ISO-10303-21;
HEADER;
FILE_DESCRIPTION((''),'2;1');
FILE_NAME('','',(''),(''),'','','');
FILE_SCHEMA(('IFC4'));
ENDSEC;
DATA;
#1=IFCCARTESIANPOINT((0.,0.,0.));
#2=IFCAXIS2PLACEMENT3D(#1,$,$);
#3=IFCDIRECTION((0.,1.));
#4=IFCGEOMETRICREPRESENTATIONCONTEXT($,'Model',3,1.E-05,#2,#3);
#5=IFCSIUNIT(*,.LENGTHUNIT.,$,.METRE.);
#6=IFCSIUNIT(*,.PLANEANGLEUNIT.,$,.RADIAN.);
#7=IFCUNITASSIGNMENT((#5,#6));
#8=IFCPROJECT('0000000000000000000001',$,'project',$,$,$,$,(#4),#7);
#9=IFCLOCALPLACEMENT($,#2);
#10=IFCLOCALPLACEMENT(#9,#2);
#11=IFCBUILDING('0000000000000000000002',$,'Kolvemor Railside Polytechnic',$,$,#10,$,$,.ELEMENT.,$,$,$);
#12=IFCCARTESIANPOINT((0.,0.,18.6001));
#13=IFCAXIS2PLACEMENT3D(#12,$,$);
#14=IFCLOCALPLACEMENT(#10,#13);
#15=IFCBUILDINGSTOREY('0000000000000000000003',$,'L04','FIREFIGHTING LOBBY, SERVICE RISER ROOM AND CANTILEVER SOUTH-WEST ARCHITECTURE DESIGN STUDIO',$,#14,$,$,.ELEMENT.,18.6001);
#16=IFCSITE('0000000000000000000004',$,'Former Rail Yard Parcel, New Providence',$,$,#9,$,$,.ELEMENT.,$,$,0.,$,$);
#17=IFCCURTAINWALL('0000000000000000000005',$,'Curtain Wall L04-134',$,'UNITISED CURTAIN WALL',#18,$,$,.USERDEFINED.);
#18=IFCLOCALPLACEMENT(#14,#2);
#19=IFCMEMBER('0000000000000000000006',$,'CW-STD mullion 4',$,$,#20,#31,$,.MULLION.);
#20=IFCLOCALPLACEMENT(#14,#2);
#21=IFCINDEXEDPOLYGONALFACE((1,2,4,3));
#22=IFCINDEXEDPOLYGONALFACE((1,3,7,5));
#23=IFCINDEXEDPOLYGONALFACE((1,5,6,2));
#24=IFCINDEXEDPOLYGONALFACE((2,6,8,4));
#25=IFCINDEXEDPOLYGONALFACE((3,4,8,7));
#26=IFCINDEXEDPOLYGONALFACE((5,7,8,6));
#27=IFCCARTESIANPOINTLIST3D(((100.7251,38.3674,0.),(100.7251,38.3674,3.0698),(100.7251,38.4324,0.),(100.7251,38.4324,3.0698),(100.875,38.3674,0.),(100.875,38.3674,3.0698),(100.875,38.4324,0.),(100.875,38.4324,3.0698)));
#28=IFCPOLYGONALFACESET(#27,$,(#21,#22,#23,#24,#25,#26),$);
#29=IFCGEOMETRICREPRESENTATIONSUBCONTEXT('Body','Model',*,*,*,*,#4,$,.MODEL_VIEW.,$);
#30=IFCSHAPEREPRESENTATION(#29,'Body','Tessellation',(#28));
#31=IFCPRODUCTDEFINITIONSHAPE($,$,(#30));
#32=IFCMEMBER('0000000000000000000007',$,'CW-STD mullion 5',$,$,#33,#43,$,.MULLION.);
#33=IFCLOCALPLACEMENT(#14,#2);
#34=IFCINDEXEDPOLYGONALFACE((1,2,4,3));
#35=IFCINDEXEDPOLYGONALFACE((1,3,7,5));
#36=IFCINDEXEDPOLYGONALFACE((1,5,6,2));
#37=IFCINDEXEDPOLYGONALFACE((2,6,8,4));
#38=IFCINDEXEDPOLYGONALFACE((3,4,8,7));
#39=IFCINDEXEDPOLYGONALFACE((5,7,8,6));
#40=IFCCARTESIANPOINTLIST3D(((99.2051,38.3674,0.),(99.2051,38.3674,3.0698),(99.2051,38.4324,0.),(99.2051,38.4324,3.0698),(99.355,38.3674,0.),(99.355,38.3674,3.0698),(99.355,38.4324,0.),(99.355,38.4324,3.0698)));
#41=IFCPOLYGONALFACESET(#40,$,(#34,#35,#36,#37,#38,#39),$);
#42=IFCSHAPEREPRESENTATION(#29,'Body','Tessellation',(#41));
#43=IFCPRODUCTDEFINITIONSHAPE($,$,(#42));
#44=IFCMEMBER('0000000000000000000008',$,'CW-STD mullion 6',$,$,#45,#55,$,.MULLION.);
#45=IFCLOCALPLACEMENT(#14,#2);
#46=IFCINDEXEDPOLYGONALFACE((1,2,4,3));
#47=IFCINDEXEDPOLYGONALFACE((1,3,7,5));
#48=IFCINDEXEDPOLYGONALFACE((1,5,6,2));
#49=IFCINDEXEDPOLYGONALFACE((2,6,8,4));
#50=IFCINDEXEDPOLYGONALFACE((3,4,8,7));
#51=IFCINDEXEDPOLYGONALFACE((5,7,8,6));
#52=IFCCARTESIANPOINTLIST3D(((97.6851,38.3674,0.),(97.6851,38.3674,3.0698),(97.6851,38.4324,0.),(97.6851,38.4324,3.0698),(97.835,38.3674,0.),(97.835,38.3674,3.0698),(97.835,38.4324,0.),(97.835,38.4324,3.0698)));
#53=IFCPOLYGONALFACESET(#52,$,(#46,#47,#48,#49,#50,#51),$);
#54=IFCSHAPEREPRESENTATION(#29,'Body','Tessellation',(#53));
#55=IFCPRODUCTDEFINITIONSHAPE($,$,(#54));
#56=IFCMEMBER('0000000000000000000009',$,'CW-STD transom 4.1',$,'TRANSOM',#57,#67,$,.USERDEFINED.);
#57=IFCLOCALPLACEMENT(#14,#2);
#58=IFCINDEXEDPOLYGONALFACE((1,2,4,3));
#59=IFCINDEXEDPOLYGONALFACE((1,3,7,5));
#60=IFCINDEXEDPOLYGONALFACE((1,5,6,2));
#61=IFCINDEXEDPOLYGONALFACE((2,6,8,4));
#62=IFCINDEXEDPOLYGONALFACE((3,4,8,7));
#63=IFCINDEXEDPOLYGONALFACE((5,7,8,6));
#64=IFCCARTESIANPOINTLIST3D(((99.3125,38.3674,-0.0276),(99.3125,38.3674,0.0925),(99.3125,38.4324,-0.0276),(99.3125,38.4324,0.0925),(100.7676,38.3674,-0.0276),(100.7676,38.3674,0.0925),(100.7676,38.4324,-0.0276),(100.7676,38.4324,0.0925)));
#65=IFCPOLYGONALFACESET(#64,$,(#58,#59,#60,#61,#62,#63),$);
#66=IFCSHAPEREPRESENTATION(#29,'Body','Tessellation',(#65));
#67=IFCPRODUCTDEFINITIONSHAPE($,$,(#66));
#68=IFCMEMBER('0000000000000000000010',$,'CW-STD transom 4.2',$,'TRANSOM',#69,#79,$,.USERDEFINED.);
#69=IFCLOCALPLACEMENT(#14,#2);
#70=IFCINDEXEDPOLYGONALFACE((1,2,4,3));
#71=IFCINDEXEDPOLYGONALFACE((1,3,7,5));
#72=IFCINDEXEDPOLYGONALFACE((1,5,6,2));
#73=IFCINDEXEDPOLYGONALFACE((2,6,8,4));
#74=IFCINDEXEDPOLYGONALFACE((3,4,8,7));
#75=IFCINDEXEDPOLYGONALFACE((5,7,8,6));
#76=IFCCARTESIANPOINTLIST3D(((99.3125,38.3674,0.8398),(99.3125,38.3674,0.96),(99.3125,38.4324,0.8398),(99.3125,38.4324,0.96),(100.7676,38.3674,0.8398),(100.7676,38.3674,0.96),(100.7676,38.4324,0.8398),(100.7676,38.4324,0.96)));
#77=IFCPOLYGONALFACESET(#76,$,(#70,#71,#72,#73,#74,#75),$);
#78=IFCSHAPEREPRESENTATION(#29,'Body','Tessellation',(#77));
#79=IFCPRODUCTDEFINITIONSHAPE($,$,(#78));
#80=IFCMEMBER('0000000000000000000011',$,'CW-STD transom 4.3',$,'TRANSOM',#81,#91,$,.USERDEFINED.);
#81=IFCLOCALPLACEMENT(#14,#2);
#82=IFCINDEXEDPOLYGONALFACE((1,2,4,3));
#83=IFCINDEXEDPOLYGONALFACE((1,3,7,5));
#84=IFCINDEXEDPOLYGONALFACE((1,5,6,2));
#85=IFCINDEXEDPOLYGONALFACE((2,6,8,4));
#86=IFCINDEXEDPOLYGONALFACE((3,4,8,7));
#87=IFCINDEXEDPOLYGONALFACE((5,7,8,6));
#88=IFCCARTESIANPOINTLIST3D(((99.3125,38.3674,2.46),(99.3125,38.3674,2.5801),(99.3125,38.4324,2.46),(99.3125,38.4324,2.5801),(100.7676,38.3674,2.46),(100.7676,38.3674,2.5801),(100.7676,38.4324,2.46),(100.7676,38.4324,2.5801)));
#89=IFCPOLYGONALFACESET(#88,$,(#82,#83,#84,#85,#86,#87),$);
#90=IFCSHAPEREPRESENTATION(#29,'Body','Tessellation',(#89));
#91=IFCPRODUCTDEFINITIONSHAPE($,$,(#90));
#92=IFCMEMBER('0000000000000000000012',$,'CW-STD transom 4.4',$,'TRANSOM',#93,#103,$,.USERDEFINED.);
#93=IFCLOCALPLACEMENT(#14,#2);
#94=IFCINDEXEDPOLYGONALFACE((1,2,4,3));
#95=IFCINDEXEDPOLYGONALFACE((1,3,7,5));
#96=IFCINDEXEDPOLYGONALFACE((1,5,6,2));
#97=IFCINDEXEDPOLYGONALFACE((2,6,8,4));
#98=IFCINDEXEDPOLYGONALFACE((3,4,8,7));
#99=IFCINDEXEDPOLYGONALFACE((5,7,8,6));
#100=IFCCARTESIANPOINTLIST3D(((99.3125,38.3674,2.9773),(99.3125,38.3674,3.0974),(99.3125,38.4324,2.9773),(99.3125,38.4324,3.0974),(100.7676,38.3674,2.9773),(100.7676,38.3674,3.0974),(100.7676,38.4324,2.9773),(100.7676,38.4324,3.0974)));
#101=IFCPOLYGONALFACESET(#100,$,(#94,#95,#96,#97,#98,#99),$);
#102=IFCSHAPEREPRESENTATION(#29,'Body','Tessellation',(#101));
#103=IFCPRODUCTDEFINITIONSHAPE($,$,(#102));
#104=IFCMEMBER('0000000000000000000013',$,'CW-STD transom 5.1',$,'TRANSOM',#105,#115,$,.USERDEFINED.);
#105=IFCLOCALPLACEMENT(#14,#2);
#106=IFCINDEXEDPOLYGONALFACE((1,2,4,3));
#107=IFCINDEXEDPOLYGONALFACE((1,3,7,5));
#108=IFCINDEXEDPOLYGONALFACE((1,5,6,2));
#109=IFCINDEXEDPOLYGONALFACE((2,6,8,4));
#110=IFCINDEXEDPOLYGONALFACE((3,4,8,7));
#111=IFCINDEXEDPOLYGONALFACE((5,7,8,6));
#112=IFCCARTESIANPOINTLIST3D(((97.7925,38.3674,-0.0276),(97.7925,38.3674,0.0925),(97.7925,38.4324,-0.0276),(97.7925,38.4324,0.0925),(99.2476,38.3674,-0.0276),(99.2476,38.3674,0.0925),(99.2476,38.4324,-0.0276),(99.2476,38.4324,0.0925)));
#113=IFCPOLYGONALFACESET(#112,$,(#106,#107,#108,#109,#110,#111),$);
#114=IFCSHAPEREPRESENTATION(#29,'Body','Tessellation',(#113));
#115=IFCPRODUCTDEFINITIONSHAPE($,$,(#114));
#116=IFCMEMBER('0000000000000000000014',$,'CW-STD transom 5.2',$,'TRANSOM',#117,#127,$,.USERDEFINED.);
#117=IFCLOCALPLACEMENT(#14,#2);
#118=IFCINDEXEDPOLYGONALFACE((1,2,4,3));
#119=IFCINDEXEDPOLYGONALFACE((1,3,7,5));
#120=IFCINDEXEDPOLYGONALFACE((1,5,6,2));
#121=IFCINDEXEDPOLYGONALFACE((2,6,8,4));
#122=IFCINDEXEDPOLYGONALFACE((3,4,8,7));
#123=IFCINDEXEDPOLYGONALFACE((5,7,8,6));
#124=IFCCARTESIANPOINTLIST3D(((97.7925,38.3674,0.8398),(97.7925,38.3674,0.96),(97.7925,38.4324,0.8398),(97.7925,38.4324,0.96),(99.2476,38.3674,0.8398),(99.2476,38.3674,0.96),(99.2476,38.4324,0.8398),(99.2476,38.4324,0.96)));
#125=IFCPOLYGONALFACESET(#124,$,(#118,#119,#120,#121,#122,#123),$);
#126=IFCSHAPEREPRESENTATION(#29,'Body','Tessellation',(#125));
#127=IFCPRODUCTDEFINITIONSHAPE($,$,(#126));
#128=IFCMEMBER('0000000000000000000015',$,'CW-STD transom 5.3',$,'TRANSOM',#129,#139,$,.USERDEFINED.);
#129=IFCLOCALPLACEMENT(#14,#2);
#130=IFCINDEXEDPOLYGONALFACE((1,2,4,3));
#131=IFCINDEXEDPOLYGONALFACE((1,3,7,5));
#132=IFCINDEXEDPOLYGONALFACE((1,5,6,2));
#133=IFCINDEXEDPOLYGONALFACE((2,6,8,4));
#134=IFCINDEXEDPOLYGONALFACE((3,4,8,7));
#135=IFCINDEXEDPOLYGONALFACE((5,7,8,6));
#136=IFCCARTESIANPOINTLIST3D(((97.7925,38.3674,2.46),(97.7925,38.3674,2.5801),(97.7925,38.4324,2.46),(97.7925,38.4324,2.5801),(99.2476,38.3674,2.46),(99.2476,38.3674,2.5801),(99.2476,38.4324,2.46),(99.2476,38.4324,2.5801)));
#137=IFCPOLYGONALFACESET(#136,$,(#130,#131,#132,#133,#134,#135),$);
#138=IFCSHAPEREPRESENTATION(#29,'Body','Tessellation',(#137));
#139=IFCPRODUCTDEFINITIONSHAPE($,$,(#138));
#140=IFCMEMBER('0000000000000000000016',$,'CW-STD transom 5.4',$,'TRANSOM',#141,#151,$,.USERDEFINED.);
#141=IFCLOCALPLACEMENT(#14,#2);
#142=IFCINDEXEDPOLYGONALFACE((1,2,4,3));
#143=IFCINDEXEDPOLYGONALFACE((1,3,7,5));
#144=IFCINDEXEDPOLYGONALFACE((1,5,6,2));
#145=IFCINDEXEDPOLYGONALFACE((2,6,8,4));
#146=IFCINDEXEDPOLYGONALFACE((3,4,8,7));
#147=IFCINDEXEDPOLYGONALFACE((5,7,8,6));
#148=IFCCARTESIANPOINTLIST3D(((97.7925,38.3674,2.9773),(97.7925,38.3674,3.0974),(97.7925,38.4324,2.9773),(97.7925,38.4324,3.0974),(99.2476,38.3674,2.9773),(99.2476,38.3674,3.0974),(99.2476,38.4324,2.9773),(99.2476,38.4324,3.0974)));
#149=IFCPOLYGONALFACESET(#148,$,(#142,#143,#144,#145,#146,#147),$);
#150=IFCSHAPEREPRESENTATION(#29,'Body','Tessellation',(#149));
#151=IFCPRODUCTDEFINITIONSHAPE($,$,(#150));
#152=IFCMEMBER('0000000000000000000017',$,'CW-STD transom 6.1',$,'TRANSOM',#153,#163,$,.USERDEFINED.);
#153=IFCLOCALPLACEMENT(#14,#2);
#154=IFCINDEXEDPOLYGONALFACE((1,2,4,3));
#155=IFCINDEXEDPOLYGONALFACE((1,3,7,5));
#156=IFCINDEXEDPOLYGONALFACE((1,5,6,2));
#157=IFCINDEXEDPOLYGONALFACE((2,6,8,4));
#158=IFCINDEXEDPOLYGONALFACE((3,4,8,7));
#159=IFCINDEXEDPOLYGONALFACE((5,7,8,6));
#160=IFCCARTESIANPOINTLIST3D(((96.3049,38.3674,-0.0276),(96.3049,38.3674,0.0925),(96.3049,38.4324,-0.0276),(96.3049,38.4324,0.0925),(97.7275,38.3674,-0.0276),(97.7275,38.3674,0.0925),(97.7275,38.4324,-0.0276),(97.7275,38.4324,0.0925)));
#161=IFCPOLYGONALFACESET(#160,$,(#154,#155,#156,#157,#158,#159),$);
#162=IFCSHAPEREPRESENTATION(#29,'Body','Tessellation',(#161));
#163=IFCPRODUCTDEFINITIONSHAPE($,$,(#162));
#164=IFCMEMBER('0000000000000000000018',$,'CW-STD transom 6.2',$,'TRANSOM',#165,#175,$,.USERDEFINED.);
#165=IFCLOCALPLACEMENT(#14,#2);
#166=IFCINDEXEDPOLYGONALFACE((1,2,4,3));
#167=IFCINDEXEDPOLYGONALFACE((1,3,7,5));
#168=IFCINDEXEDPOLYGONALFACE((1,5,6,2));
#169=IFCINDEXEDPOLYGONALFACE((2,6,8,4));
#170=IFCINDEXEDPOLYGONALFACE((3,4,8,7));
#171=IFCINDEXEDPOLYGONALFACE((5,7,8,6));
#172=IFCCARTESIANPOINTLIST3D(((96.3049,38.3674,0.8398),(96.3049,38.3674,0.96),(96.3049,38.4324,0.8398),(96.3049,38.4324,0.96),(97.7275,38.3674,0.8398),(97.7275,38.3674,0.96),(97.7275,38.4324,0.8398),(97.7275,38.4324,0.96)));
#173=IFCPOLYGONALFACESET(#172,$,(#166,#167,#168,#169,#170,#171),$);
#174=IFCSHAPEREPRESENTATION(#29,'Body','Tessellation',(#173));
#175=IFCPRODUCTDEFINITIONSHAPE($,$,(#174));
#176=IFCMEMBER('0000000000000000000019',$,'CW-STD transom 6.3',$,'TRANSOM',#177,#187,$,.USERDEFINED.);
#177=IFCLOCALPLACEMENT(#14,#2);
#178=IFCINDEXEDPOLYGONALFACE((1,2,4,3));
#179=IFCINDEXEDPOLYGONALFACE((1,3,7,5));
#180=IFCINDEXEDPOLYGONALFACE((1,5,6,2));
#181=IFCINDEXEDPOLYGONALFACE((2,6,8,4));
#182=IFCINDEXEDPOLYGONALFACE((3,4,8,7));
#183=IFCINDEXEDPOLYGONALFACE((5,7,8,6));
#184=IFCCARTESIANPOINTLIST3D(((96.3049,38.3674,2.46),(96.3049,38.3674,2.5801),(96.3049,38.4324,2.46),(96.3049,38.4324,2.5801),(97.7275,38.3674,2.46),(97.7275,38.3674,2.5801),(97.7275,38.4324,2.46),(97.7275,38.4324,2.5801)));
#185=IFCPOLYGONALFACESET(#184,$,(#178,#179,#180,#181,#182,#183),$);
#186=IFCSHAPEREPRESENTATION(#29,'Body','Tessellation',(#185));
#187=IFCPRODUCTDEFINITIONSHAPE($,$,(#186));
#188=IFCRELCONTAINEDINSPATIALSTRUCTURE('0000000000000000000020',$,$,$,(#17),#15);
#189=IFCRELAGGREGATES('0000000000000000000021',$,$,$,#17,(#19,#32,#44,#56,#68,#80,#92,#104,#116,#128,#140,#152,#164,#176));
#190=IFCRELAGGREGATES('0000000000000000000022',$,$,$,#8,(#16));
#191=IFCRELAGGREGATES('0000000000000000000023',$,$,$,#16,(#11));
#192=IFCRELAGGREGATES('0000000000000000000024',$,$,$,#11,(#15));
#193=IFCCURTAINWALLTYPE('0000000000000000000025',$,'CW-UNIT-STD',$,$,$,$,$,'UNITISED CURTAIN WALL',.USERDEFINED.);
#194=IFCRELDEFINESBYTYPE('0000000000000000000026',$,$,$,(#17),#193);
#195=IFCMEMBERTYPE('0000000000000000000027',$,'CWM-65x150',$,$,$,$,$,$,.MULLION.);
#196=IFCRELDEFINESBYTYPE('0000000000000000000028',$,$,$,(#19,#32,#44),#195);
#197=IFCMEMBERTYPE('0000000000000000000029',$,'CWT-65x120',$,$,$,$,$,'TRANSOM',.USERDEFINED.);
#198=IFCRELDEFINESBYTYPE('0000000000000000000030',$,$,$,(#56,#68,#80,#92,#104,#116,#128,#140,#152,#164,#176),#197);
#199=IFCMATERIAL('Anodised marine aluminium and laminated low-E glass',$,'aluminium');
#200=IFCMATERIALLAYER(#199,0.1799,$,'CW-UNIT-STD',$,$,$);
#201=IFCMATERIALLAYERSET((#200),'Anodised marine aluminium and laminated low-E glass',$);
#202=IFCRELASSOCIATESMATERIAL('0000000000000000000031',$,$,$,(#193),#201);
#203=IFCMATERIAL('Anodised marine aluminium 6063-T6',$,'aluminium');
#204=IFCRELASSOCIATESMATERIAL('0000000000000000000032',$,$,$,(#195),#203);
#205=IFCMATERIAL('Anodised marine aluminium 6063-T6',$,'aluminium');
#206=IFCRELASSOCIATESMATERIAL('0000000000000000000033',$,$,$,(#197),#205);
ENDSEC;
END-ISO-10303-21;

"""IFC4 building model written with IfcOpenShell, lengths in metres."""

from ifc_helpers import new_model, si_unit, direction, frame, origin, origin_2d, place, context, subcontext, project, spatial, rectangle, extrude, material, layer, layer_set, material_profile, profile_set, type_object, element, aggregate, save


model = new_model("IFC4")

# Units and contexts
model_context = context("Model", 3, precision=1e-05, world=origin(), true_north=direction((0.0, 1.0)))
body_context = subcontext(model_context, "Body", "Model", "MODEL_VIEW")
ifc_project = project(units=[si_unit("LENGTHUNIT", "METRE"), si_unit("PLANEANGLEUNIT", "RADIAN")], contexts=[model_context])

# Site, building, storey
site_placement = place(None, origin())
site = spatial("IfcSite", under=ifc_project, at=site_placement, Name="Former Rail Yard Parcel, New Providence", CompositionType="ELEMENT", RefElevation=0.0)
building_placement = place(site_placement, origin())
building = spatial("IfcBuilding", under=site, at=building_placement, Name="Kolvemor Railside Polytechnic", CompositionType="ELEMENT")
storey_placement = place(building_placement, frame((0.0, 0.0, 18.6001)))
storey = spatial("IfcBuildingStorey", under=building, at=storey_placement, Name="L04", Description="FIREFIGHTING LOBBY, SERVICE RISER ROOM AND CANTILEVER SOUTH-WEST ARCHITECTURE DESIGN STUDIO", CompositionType="ELEMENT", Elevation=18.6001)

# Curtain wall, members
ifc_material_1 = material(Name="Anodised marine aluminium and laminated low-E glass", Category="aluminium")
ifc_layer_1 = layer(ifc_material_1, 0.1799, Name="CW-UNIT-STD")
ifc_layer_set_1 = layer_set([ifc_layer_1], Name="Anodised marine aluminium and laminated low-E glass")
curtain_wall_type = type_object("IfcCurtainWallType", Name="CW-UNIT-STD", ElementType="UNITISED CURTAIN WALL", PredefinedType="USERDEFINED", material=ifc_layer_set_1)
curtain_wall_placement = place(storey_placement, origin())
curtain_wall = element("IfcCurtainWall", 1, at=curtain_wall_placement, inside=storey, type_object=curtain_wall_type, Name="Curtain Wall L04-134", ObjectType="UNITISED CURTAIN WALL", PredefinedType="USERDEFINED")
ifc_material_2 = material(Name="Anodised marine aluminium 6063-T6", Category="aluminium")
ifc_material_profile_1 = material_profile(ifc_material_2, rectangle(XDim=0.0649, YDim=0.1499, at=origin_2d()), Name="CW-MUL-65x150")
ifc_profile_set_1 = profile_set([ifc_material_profile_1], Name="Anodised marine aluminium 6063-T6")
member_type_1 = type_object("IfcMemberType", Name="CWM-65x150", PredefinedType="MULLION", material=ifc_profile_set_1)
member_1_placement = place(storey_placement, frame((100.8, 38.3999, 0.0), z_axis=(0.0, 0.0, 1.0), x_axis=(0.0, -1.0, 0.0)))
member_1 = element("IfcMember", 2, at=member_1_placement, type_object=member_type_1, Name="CW-STD mullion 4", PredefinedType="MULLION", context=body_context, shape_type="SweptSolid", body=[
    extrude(rectangle(XDim=0.0649, YDim=0.1499, at=origin_2d()), origin(), (0.0, 0.0, 1.0), 3.0698),
])
member_2_placement = place(storey_placement, frame((99.28, 38.3999, 0.0), z_axis=(0.0, 0.0, 1.0), x_axis=(0.0, -1.0, 0.0)))
member_2 = element("IfcMember", 3, at=member_2_placement, type_object=member_type_1, Name="CW-STD mullion 5", PredefinedType="MULLION", context=body_context, shape_type="SweptSolid", body=[
    extrude(rectangle(XDim=0.0649, YDim=0.1499, at=origin_2d()), origin(), (0.0, 0.0, 1.0), 3.0698),
])
member_3_placement = place(storey_placement, frame((97.76, 38.3999, 0.0), z_axis=(0.0, 0.0, 1.0), x_axis=(0.0, -1.0, 0.0)))
member_3 = element("IfcMember", 4, at=member_3_placement, type_object=member_type_1, Name="CW-STD mullion 6", PredefinedType="MULLION", context=body_context, shape_type="SweptSolid", body=[
    extrude(rectangle(XDim=0.0649, YDim=0.1499, at=origin_2d()), origin(), (0.0, 0.0, 1.0), 3.0698),
])
ifc_material_3 = material(Name="Anodised marine aluminium 6063-T6", Category="aluminium")
ifc_material_profile_2 = material_profile(ifc_material_3, rectangle(XDim=0.0649, YDim=0.1201, at=origin_2d()), Name="CW-TRN-65x120")
ifc_profile_set_2 = profile_set([ifc_material_profile_2], Name="Anodised marine aluminium 6063-T6")
member_type_2 = type_object("IfcMemberType", Name="CWT-65x120", ElementType="TRANSOM", PredefinedType="USERDEFINED", material=ifc_profile_set_2)
member_4_placement = place(storey_placement, frame((100.7676, 38.3999, 0.0325), z_axis=(-1.0, 0.0, 0.0), x_axis=(0.0, -1.0, 0.0)))
member_4 = element("IfcMember", 5, at=member_4_placement, type_object=member_type_2, Name="CW-STD transom 4.1", ObjectType="TRANSOM", PredefinedType="USERDEFINED", context=body_context, shape_type="SweptSolid", body=[
    extrude(rectangle(XDim=0.0649, YDim=0.1201, at=origin_2d()), origin(), (0.0, 0.0, 1.0), 1.4551),
])
member_5_placement = place(storey_placement, frame((100.7676, 38.3999, 0.8999), z_axis=(-1.0, 0.0, 0.0), x_axis=(0.0, -1.0, 0.0)))
member_5 = element("IfcMember", 6, at=member_5_placement, type_object=member_type_2, Name="CW-STD transom 4.2", ObjectType="TRANSOM", PredefinedType="USERDEFINED", context=body_context, shape_type="SweptSolid", body=[
    extrude(rectangle(XDim=0.0649, YDim=0.1201, at=origin_2d()), origin(), (0.0, 0.0, 1.0), 1.4551),
])
member_6_placement = place(storey_placement, frame((100.7676, 38.3999, 2.52), z_axis=(-1.0, 0.0, 0.0), x_axis=(0.0, -1.0, 0.0)))
member_6 = element("IfcMember", 7, at=member_6_placement, type_object=member_type_2, Name="CW-STD transom 4.3", ObjectType="TRANSOM", PredefinedType="USERDEFINED", context=body_context, shape_type="SweptSolid", body=[
    extrude(rectangle(XDim=0.0649, YDim=0.1201, at=origin_2d()), origin(), (0.0, 0.0, 1.0), 1.4551),
])
member_7_placement = place(storey_placement, frame((100.7676, 38.3999, 3.0374), z_axis=(-1.0, 0.0, 0.0), x_axis=(0.0, -1.0, 0.0)))
member_7 = element("IfcMember", 8, at=member_7_placement, type_object=member_type_2, Name="CW-STD transom 4.4", ObjectType="TRANSOM", PredefinedType="USERDEFINED", context=body_context, shape_type="SweptSolid", body=[
    extrude(rectangle(XDim=0.0649, YDim=0.1201, at=origin_2d()), origin(), (0.0, 0.0, 1.0), 1.4551),
])
member_8_placement = place(storey_placement, frame((99.2476, 38.3999, 0.0325), z_axis=(-1.0, 0.0, 0.0), x_axis=(0.0, -1.0, 0.0)))
member_8 = element("IfcMember", 9, at=member_8_placement, type_object=member_type_2, Name="CW-STD transom 5.1", ObjectType="TRANSOM", PredefinedType="USERDEFINED", context=body_context, shape_type="SweptSolid", body=[
    extrude(rectangle(XDim=0.0649, YDim=0.1201, at=origin_2d()), origin(), (0.0, 0.0, 1.0), 1.4551),
])
member_9_placement = place(storey_placement, frame((99.2476, 38.3999, 0.8999), z_axis=(-1.0, 0.0, 0.0), x_axis=(0.0, -1.0, 0.0)))
member_9 = element("IfcMember", 10, at=member_9_placement, type_object=member_type_2, Name="CW-STD transom 5.2", ObjectType="TRANSOM", PredefinedType="USERDEFINED", context=body_context, shape_type="SweptSolid", body=[
    extrude(rectangle(XDim=0.0649, YDim=0.1201, at=origin_2d()), origin(), (0.0, 0.0, 1.0), 1.4551),
])
member_10_placement = place(storey_placement, frame((99.2476, 38.3999, 2.52), z_axis=(-1.0, 0.0, 0.0), x_axis=(0.0, -1.0, 0.0)))
member_10 = element("IfcMember", 11, at=member_10_placement, type_object=member_type_2, Name="CW-STD transom 5.3", ObjectType="TRANSOM", PredefinedType="USERDEFINED", context=body_context, shape_type="SweptSolid", body=[
    extrude(rectangle(XDim=0.0649, YDim=0.1201, at=origin_2d()), origin(), (0.0, 0.0, 1.0), 1.4551),
])
member_11_placement = place(storey_placement, frame((99.2476, 38.3999, 3.0374), z_axis=(-1.0, 0.0, 0.0), x_axis=(0.0, -1.0, 0.0)))
member_11 = element("IfcMember", 12, at=member_11_placement, type_object=member_type_2, Name="CW-STD transom 5.4", ObjectType="TRANSOM", PredefinedType="USERDEFINED", context=body_context, shape_type="SweptSolid", body=[
    extrude(rectangle(XDim=0.0649, YDim=0.1201, at=origin_2d()), origin(), (0.0, 0.0, 1.0), 1.4551),
])
member_12_placement = place(storey_placement, frame((97.7275, 38.3999, 0.0325), z_axis=(-1.0, 0.0, 0.0), x_axis=(0.0, -1.0, 0.0)))
member_12 = element("IfcMember", 13, at=member_12_placement, type_object=member_type_2, Name="CW-STD transom 6.1", ObjectType="TRANSOM", PredefinedType="USERDEFINED", context=body_context, shape_type="SweptSolid", body=[
    extrude(rectangle(XDim=0.0649, YDim=0.1201, at=origin_2d()), origin(), (0.0, 0.0, 1.0), 1.4226),
])
member_13_placement = place(storey_placement, frame((97.7275, 38.3999, 0.8999), z_axis=(-1.0, 0.0, 0.0), x_axis=(0.0, -1.0, 0.0)))
member_13 = element("IfcMember", 14, at=member_13_placement, type_object=member_type_2, Name="CW-STD transom 6.2", ObjectType="TRANSOM", PredefinedType="USERDEFINED", context=body_context, shape_type="SweptSolid", body=[
    extrude(rectangle(XDim=0.0649, YDim=0.1201, at=origin_2d()), origin(), (0.0, 0.0, 1.0), 1.4226),
])
member_14_placement = place(storey_placement, frame((97.7275, 38.3999, 2.52), z_axis=(-1.0, 0.0, 0.0), x_axis=(0.0, -1.0, 0.0)))
member_14 = element("IfcMember", 15, at=member_14_placement, type_object=member_type_2, Name="CW-STD transom 6.3", ObjectType="TRANSOM", PredefinedType="USERDEFINED", context=body_context, shape_type="SweptSolid", body=[
    extrude(rectangle(XDim=0.0649, YDim=0.1201, at=origin_2d()), origin(), (0.0, 0.0, 1.0), 1.4226),
])
aggregate(curtain_wall, [member_1, member_2, member_3, member_4, member_5, member_6, member_7, member_8, member_9, member_10, member_11, member_12, member_13, member_14])

save(model, "model.ifc")
